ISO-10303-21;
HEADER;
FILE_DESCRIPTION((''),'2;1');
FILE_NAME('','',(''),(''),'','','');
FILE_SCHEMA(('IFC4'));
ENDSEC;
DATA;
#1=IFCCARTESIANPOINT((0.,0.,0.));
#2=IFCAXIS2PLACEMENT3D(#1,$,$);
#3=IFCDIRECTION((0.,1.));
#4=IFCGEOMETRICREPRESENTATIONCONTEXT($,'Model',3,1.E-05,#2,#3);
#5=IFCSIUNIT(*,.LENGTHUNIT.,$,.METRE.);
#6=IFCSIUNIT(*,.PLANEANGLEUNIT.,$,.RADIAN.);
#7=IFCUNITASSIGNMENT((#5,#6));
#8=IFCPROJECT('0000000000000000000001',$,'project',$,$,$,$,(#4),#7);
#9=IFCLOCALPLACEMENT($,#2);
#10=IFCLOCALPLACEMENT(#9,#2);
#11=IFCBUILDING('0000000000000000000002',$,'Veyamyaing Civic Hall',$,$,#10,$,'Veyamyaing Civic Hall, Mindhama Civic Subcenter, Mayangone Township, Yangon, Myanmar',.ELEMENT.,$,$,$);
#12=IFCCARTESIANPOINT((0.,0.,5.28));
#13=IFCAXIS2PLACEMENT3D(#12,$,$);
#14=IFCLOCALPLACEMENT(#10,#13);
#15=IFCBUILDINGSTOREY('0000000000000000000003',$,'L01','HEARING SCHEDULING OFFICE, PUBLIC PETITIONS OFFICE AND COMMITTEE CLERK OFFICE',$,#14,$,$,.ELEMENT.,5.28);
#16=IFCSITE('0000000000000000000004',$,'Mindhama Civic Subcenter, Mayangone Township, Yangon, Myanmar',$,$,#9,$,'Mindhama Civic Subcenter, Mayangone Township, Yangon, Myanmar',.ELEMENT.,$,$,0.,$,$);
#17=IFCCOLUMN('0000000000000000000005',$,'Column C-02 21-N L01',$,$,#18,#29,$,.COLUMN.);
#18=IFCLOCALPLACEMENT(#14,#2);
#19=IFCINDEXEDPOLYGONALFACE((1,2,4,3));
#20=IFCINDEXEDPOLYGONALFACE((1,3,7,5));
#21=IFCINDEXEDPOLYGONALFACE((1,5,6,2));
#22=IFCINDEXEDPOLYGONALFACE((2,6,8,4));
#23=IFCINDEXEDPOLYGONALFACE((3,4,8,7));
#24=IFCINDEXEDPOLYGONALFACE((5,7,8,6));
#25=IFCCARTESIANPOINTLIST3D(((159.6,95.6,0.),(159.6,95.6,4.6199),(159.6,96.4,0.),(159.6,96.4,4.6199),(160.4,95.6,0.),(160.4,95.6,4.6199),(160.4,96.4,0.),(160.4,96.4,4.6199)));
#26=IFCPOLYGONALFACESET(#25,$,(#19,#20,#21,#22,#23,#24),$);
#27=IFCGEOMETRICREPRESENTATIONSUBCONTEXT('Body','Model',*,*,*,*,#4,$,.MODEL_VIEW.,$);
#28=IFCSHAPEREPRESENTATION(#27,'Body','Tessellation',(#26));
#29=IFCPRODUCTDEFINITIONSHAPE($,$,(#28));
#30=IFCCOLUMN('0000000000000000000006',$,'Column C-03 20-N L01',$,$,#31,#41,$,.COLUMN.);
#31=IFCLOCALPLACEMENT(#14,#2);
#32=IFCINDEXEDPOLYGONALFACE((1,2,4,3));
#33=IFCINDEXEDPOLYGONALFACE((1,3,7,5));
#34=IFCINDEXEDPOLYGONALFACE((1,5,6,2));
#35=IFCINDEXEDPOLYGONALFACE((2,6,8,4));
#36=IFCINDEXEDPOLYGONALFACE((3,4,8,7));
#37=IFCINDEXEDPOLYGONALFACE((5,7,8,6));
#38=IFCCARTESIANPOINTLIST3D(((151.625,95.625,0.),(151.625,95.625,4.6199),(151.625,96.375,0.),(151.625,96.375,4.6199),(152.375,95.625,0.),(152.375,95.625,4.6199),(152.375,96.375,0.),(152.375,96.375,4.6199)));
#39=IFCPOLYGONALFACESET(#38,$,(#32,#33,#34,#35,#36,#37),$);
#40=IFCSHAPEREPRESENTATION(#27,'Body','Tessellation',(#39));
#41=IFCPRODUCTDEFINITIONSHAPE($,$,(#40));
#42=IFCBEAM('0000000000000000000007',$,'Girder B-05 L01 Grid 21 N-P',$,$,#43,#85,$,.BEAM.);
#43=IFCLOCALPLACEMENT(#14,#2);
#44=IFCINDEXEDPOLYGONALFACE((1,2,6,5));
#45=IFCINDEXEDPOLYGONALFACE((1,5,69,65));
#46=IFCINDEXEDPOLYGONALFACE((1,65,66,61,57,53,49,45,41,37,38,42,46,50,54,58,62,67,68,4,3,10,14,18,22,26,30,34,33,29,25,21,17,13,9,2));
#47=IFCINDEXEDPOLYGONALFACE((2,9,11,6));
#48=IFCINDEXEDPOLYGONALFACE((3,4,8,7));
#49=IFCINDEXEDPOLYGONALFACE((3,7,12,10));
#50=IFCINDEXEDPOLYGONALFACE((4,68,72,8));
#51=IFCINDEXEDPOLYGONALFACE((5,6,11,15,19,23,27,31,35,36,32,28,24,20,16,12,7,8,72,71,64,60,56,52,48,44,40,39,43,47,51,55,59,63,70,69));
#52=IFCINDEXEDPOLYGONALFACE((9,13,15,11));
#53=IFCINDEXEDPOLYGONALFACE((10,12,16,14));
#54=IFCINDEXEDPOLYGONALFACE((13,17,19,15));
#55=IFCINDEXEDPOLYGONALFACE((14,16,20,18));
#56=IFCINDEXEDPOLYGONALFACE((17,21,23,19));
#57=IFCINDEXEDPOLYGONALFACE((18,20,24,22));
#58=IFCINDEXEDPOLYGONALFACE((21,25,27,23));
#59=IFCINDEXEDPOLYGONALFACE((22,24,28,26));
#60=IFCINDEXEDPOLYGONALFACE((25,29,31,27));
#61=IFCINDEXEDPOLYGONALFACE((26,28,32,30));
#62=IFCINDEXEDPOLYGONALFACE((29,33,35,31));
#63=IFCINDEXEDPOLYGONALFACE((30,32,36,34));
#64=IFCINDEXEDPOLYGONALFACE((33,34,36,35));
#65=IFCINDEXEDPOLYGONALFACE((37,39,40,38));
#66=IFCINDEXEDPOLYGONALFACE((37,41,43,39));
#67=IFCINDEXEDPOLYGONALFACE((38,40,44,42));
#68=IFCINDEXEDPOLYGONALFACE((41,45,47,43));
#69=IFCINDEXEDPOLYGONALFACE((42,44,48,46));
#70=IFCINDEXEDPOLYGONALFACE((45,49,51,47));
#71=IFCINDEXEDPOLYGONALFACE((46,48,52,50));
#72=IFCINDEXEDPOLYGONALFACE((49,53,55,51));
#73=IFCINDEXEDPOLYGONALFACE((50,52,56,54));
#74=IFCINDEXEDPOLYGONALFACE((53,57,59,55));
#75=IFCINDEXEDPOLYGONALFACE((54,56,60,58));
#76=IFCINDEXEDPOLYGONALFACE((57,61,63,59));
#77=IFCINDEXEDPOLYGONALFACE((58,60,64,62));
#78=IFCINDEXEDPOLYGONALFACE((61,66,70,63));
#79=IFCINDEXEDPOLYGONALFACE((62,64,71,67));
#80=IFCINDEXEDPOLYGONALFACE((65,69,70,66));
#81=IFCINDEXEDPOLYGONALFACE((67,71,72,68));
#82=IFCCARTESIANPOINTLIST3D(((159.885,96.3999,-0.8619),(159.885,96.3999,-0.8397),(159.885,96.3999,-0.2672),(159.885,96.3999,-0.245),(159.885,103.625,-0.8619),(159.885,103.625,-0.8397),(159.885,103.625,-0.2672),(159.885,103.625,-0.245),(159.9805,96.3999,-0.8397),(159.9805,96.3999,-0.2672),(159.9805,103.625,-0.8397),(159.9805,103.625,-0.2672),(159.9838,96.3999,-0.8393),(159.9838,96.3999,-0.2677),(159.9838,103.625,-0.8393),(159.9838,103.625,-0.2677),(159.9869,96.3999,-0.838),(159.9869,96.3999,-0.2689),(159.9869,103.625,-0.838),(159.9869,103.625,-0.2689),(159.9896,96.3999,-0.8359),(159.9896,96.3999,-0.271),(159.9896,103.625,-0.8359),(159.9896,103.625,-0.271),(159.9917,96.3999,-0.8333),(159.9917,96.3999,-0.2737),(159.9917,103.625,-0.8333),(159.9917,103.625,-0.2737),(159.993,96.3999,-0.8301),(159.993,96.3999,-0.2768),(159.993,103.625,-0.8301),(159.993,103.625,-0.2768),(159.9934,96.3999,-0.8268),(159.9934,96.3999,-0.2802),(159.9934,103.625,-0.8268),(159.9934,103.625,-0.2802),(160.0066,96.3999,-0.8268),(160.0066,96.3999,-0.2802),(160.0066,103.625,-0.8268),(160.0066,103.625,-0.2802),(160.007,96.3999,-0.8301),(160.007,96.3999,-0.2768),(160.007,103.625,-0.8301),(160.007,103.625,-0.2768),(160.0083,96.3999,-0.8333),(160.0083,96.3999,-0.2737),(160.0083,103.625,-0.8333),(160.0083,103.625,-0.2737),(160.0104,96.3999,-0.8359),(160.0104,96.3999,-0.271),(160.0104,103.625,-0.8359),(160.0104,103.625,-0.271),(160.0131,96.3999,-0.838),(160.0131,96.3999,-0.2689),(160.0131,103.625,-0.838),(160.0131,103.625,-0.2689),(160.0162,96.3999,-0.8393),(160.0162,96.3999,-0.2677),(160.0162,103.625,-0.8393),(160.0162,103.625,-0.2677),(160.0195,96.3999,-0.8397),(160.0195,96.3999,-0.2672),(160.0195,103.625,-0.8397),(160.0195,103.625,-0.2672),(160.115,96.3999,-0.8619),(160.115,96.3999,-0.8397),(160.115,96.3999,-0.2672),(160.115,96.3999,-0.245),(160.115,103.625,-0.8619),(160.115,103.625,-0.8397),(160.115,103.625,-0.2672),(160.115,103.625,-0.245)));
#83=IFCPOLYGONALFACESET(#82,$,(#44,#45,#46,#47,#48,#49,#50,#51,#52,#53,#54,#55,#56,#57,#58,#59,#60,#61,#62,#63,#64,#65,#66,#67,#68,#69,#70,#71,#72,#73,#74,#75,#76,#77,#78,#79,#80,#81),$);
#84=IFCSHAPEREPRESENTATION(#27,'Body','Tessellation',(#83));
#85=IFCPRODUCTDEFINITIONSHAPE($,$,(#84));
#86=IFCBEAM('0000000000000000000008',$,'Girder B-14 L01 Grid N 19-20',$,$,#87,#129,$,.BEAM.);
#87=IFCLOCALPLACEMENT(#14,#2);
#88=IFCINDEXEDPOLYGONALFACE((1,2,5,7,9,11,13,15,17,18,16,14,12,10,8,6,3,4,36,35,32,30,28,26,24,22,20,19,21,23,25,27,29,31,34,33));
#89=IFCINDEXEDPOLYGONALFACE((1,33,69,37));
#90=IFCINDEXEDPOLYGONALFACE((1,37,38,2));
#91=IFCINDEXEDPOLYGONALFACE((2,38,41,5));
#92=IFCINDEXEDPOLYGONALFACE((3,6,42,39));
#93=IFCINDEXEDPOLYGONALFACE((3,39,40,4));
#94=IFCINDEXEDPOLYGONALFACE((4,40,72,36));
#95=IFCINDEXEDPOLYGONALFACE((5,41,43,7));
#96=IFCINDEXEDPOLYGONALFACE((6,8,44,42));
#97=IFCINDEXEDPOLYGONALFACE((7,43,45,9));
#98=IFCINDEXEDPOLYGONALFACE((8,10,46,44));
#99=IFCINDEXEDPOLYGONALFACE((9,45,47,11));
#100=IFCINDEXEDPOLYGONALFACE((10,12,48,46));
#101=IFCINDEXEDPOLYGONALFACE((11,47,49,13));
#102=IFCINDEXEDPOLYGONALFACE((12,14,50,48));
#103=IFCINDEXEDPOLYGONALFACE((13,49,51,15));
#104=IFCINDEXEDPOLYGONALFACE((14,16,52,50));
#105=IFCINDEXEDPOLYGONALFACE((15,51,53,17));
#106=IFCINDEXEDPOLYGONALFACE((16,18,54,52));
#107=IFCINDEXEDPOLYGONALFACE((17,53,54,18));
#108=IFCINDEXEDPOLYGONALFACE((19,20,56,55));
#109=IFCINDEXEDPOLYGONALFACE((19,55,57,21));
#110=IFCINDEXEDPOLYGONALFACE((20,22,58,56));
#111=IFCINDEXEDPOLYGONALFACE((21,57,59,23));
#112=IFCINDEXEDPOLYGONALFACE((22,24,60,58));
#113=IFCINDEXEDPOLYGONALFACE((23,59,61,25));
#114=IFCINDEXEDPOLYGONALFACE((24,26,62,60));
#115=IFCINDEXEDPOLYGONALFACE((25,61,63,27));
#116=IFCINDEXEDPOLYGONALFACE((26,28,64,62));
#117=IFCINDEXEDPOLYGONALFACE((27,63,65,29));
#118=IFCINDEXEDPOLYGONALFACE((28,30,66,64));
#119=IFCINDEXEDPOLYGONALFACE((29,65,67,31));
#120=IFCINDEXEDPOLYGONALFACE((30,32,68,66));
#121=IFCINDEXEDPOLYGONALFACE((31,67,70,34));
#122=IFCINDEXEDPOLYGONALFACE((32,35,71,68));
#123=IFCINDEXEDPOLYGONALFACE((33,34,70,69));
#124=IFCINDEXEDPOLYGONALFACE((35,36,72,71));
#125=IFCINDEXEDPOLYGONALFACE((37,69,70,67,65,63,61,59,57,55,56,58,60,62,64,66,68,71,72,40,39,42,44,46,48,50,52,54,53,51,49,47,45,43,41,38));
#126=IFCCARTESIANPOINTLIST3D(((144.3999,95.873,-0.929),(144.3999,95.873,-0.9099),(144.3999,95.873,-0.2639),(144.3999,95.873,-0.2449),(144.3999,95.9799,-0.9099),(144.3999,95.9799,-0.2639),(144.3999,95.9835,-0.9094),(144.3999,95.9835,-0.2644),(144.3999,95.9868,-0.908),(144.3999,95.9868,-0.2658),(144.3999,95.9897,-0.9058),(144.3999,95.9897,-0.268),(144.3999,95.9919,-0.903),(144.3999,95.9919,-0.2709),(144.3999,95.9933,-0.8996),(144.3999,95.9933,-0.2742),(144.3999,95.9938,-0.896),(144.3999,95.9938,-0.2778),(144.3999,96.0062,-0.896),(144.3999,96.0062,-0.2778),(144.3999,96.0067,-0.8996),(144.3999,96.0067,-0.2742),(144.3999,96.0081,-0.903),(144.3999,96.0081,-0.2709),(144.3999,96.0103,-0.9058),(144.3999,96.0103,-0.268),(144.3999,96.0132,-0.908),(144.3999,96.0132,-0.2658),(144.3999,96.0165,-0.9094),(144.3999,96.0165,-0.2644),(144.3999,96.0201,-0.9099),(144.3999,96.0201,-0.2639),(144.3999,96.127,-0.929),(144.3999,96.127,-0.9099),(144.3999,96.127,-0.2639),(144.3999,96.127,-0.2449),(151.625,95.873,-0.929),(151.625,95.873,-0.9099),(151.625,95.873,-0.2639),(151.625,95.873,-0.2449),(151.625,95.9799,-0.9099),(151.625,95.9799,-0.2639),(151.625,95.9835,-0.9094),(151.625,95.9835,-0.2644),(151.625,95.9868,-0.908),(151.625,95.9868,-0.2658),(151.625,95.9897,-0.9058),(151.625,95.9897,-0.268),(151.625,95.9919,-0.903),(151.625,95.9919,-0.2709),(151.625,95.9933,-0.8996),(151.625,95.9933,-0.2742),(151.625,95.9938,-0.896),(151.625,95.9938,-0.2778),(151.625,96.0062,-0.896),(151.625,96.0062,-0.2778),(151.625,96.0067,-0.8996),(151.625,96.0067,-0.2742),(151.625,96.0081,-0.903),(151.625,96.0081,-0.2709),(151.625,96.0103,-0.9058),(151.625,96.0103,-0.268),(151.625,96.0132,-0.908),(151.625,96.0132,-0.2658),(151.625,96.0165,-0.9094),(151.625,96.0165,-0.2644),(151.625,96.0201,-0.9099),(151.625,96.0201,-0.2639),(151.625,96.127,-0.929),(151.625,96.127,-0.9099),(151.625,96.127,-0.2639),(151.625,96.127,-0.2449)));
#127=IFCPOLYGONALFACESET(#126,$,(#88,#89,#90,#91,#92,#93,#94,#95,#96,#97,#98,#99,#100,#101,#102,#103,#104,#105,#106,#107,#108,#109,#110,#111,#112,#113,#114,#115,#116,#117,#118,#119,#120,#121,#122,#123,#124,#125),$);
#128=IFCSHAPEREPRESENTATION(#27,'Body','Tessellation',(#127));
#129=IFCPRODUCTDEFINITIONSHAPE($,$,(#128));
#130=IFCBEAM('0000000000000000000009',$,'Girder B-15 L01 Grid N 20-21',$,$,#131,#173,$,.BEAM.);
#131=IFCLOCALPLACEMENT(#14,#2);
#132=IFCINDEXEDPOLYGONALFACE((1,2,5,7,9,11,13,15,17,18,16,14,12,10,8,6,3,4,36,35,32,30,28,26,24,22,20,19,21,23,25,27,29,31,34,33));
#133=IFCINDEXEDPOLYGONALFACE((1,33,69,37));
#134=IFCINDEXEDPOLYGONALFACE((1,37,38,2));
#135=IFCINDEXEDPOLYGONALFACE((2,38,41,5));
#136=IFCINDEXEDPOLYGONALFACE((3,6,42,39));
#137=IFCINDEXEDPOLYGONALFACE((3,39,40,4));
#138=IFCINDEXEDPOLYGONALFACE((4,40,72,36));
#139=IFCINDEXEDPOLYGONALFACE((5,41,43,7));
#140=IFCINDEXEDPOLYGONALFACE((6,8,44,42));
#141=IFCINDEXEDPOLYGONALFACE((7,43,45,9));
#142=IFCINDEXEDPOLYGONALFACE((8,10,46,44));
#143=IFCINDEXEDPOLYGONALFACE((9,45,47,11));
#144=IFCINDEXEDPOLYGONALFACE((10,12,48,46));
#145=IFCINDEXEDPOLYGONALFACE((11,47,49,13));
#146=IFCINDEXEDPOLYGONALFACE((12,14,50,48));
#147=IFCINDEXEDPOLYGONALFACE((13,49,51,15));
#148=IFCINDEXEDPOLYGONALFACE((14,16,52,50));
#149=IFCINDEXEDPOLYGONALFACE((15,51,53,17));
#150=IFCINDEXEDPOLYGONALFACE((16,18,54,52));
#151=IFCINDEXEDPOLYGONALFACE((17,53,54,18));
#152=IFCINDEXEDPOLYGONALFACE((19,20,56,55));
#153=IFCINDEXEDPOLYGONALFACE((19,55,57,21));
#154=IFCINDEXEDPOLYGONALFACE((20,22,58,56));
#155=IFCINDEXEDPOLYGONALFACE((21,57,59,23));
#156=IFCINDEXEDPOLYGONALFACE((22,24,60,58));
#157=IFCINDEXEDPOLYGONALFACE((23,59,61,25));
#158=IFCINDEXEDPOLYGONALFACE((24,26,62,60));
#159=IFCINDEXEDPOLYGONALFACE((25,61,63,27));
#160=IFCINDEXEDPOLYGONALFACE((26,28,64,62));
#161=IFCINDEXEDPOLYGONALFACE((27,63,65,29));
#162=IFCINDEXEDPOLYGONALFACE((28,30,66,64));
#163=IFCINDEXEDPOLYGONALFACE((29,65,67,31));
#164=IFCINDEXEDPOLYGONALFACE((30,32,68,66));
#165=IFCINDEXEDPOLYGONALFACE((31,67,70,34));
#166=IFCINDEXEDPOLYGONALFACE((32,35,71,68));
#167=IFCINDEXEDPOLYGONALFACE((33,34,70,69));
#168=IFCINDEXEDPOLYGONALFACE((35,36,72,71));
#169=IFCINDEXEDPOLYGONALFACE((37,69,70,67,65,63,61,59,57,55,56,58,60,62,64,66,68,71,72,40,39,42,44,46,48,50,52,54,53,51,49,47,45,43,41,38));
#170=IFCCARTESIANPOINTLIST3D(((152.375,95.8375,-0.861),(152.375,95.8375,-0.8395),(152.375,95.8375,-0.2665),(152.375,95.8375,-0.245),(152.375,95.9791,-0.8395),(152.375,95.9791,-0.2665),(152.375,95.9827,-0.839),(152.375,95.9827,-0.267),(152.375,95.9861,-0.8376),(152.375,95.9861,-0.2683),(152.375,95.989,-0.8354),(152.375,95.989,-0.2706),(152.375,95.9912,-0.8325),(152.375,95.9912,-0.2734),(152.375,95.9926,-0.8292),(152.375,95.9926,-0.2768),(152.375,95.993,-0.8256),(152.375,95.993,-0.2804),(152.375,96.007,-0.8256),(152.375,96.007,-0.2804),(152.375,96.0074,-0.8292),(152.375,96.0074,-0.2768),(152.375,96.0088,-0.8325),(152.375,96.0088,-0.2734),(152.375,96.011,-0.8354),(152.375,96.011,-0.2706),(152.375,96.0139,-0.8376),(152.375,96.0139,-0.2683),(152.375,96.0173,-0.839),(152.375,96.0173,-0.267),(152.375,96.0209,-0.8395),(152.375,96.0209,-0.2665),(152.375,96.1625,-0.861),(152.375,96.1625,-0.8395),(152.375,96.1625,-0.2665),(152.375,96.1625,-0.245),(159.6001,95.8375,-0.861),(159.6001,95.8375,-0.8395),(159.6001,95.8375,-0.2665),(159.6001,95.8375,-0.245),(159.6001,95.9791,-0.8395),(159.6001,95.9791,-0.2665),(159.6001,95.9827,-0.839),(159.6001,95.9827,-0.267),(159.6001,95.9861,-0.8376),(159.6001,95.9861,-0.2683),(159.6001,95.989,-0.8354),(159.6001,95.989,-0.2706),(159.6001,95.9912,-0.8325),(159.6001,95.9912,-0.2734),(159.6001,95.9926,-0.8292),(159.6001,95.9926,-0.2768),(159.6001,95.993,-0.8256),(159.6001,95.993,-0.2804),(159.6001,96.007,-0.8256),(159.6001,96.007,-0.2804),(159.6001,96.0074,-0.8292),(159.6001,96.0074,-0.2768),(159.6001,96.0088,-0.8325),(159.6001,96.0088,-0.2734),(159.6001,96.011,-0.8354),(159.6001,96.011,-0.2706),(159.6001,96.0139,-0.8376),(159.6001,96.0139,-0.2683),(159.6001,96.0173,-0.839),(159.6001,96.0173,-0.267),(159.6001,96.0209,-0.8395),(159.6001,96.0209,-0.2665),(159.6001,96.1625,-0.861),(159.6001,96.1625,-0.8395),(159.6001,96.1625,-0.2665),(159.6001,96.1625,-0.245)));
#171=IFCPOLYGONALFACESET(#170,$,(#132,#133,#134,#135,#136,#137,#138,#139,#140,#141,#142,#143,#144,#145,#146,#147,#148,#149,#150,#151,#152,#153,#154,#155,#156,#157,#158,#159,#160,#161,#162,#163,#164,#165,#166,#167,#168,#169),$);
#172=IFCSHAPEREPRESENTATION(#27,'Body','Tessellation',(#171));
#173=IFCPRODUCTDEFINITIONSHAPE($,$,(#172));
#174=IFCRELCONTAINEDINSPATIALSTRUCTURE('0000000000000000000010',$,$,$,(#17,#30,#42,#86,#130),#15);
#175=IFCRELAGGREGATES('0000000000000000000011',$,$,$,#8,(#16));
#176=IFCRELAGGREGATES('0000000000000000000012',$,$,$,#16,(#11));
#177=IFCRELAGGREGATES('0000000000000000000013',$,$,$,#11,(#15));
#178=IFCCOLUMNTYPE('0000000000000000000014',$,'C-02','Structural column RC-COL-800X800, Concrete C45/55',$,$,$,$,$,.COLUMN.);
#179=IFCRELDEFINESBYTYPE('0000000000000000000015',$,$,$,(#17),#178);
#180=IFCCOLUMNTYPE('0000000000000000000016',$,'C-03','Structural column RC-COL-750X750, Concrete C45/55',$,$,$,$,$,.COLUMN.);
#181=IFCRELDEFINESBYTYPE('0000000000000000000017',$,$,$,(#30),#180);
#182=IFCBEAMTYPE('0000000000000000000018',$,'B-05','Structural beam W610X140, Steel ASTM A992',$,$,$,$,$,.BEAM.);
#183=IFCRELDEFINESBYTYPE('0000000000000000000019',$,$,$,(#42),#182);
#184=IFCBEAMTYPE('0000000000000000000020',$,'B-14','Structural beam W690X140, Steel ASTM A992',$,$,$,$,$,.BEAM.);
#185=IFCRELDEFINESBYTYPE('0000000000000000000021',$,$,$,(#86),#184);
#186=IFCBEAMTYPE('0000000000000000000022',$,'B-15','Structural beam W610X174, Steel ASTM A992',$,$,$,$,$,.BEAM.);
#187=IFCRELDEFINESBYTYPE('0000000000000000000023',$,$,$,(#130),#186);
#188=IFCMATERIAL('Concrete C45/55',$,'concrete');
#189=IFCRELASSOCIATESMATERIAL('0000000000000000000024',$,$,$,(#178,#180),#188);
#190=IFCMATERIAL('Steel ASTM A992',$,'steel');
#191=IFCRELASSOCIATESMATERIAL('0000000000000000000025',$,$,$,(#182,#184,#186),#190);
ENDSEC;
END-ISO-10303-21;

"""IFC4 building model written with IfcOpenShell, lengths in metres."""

from ifc_helpers import new_model, si_unit, direction, frame, origin, origin_2d, place, context, subcontext, project, spatial, rectangle, i_section, extrude, material, material_profile, profile_set, type_object, element, save


model = new_model("IFC4")

# Units and contexts
model_context = context("Model", 3, precision=1e-05, world=origin(), true_north=direction((0.0, 1.0)))
body_context = subcontext(model_context, "Body", "Model", "MODEL_VIEW")
ifc_project = project(units=[si_unit("LENGTHUNIT", "METRE"), si_unit("PLANEANGLEUNIT", "RADIAN")], contexts=[model_context])

# Site, building, storey
site_placement = place(None, origin())
site = spatial("IfcSite", under=ifc_project, at=site_placement, Name="Mindhama Civic Subcenter, Mayangone Township, Yangon, Myanmar", LongName="Mindhama Civic Subcenter, Mayangone Township, Yangon, Myanmar", CompositionType="ELEMENT", RefElevation=0.0)
building_placement = place(site_placement, origin())
building = spatial("IfcBuilding", under=site, at=building_placement, Name="Veyamyaing Civic Hall", LongName="Veyamyaing Civic Hall, Mindhama Civic Subcenter, Mayangone Township, Yangon, Myanmar", CompositionType="ELEMENT")
storey_placement = place(building_placement, frame((0.0, 0.0, 5.28)))
storey = spatial("IfcBuildingStorey", under=building, at=storey_placement, Name="L01", Description="HEARING SCHEDULING OFFICE, PUBLIC PETITIONS OFFICE AND COMMITTEE CLERK OFFICE", CompositionType="ELEMENT", Elevation=5.28)

# Columns
ifc_material_1 = material(Name="Concrete C45/55", Category="concrete")
ifc_material_profile_1 = material_profile(ifc_material_1, rectangle(XDim=0.8, YDim=0.8, at=origin_2d()), Name="RC-COL-800X800")
ifc_profile_set_1 = profile_set([ifc_material_profile_1], Name="Concrete C45/55")
column_type_1 = type_object("IfcColumnType", Name="C-02", Description="Structural column RC-COL-800X800, Concrete C45/55", PredefinedType="COLUMN", material=ifc_profile_set_1)
column_1_placement = place(storey_placement, frame((160.0, 96.0, 0.0), z_axis=(0.0, 0.0, 1.0), x_axis=(1.0, 0.0, 0.0)))
element("IfcColumn", 1, at=column_1_placement, inside=storey, type_object=column_type_1, Name="Column C-02 21-N L01", PredefinedType="COLUMN", context=body_context, shape_type="SweptSolid", body=[
    extrude(rectangle(XDim=0.8, YDim=0.8, at=origin_2d()), origin(), (0.0, 0.0, 1.0), 4.6199),
])
ifc_material_profile_2 = material_profile(ifc_material_1, rectangle(XDim=0.75, YDim=0.75, at=origin_2d()), Name="RC-COL-750X750")
ifc_profile_set_2 = profile_set([ifc_material_profile_2], Name="Concrete C45/55")
column_type_2 = type_object("IfcColumnType", Name="C-03", Description="Structural column RC-COL-750X750, Concrete C45/55", PredefinedType="COLUMN", material=ifc_profile_set_2)
column_2_placement = place(storey_placement, frame((152.0, 96.0, 0.0), z_axis=(0.0, 0.0, 1.0), x_axis=(1.0, 0.0, 0.0)))
element("IfcColumn", 2, at=column_2_placement, inside=storey, type_object=column_type_2, Name="Column C-03 20-N L01", PredefinedType="COLUMN", context=body_context, shape_type="SweptSolid", body=[
    extrude(rectangle(XDim=0.75, YDim=0.75, at=origin_2d()), origin(), (0.0, 0.0, 1.0), 4.6199),
])

# Beams
ifc_material_2 = material(Name="Steel ASTM A992", Category="steel")
ifc_material_profile_3 = material_profile(ifc_material_2, i_section(OverallWidth=0.23, OverallDepth=0.6169, WebThickness=0.0132, FlangeThickness=0.0222, FilletRadius=0.0129, at=origin_2d()), Name="W610X140")
ifc_profile_set_3 = profile_set([ifc_material_profile_3], Name="Steel ASTM A992")
beam_type_1 = type_object("IfcBeamType", Name="B-05", Description="Structural beam W610X140, Steel ASTM A992", PredefinedType="BEAM", material=ifc_profile_set_3)
beam_1_placement = place(storey_placement, frame((160.0, 96.3999, -0.5535), z_axis=(0.0, 1.0, 0.0), x_axis=(-1.0, 0.0, 0.0)))
element("IfcBeam", 3, at=beam_1_placement, inside=storey, type_object=beam_type_1, Name="Girder B-05 L01 Grid 21 N-P", PredefinedType="BEAM", context=body_context, shape_type="SweptSolid", body=[
    extrude(i_section(OverallWidth=0.23, OverallDepth=0.6169, WebThickness=0.0132, FlangeThickness=0.0222, FilletRadius=0.0129, at=origin_2d()), origin(), (0.0, 0.0, 1.0), 7.2251),
])
ifc_material_profile_4 = material_profile(ifc_material_2, i_section(OverallWidth=0.2539, OverallDepth=0.6841, WebThickness=0.0125, FlangeThickness=0.019, FilletRadius=0.0139, at=origin_2d()), Name="W690X140")
ifc_profile_set_4 = profile_set([ifc_material_profile_4], Name="Steel ASTM A992")
beam_type_2 = type_object("IfcBeamType", Name="B-14", Description="Structural beam W690X140, Steel ASTM A992", PredefinedType="BEAM", material=ifc_profile_set_4)
beam_2_placement = place(storey_placement, frame((144.3999, 96.0, -0.5869), z_axis=(1.0, 0.0, 0.0), x_axis=(0.0, 1.0, 0.0)))
element("IfcBeam", 4, at=beam_2_placement, inside=storey, type_object=beam_type_2, Name="Girder B-14 L01 Grid N 19-20", PredefinedType="BEAM", context=body_context, shape_type="SweptSolid", body=[
    extrude(i_section(OverallWidth=0.2539, OverallDepth=0.6841, WebThickness=0.0125, FlangeThickness=0.019, FilletRadius=0.0139, at=origin_2d()), origin(), (0.0, 0.0, 1.0), 7.2251),
])
ifc_material_profile_5 = material_profile(ifc_material_2, i_section(OverallWidth=0.325, OverallDepth=0.616, WebThickness=0.0139, FlangeThickness=0.0215, FilletRadius=0.0139, at=origin_2d()), Name="W610X174")
ifc_profile_set_5 = profile_set([ifc_material_profile_5], Name="Steel ASTM A992")
beam_type_3 = type_object("IfcBeamType", Name="B-15", Description="Structural beam W610X174, Steel ASTM A992", PredefinedType="BEAM", material=ifc_profile_set_5)
beam_3_placement = place(storey_placement, frame((152.375, 96.0, -0.553), z_axis=(1.0, 0.0, 0.0), x_axis=(0.0, 1.0, 0.0)))
element("IfcBeam", 5, at=beam_3_placement, inside=storey, type_object=beam_type_3, Name="Girder B-15 L01 Grid N 20-21", PredefinedType="BEAM", context=body_context, shape_type="SweptSolid", body=[
    extrude(i_section(OverallWidth=0.325, OverallDepth=0.616, WebThickness=0.0139, FlangeThickness=0.0215, FilletRadius=0.0139, at=origin_2d()), origin(), (0.0, 0.0, 1.0), 7.2251),
])

save(model, "model.ifc")
